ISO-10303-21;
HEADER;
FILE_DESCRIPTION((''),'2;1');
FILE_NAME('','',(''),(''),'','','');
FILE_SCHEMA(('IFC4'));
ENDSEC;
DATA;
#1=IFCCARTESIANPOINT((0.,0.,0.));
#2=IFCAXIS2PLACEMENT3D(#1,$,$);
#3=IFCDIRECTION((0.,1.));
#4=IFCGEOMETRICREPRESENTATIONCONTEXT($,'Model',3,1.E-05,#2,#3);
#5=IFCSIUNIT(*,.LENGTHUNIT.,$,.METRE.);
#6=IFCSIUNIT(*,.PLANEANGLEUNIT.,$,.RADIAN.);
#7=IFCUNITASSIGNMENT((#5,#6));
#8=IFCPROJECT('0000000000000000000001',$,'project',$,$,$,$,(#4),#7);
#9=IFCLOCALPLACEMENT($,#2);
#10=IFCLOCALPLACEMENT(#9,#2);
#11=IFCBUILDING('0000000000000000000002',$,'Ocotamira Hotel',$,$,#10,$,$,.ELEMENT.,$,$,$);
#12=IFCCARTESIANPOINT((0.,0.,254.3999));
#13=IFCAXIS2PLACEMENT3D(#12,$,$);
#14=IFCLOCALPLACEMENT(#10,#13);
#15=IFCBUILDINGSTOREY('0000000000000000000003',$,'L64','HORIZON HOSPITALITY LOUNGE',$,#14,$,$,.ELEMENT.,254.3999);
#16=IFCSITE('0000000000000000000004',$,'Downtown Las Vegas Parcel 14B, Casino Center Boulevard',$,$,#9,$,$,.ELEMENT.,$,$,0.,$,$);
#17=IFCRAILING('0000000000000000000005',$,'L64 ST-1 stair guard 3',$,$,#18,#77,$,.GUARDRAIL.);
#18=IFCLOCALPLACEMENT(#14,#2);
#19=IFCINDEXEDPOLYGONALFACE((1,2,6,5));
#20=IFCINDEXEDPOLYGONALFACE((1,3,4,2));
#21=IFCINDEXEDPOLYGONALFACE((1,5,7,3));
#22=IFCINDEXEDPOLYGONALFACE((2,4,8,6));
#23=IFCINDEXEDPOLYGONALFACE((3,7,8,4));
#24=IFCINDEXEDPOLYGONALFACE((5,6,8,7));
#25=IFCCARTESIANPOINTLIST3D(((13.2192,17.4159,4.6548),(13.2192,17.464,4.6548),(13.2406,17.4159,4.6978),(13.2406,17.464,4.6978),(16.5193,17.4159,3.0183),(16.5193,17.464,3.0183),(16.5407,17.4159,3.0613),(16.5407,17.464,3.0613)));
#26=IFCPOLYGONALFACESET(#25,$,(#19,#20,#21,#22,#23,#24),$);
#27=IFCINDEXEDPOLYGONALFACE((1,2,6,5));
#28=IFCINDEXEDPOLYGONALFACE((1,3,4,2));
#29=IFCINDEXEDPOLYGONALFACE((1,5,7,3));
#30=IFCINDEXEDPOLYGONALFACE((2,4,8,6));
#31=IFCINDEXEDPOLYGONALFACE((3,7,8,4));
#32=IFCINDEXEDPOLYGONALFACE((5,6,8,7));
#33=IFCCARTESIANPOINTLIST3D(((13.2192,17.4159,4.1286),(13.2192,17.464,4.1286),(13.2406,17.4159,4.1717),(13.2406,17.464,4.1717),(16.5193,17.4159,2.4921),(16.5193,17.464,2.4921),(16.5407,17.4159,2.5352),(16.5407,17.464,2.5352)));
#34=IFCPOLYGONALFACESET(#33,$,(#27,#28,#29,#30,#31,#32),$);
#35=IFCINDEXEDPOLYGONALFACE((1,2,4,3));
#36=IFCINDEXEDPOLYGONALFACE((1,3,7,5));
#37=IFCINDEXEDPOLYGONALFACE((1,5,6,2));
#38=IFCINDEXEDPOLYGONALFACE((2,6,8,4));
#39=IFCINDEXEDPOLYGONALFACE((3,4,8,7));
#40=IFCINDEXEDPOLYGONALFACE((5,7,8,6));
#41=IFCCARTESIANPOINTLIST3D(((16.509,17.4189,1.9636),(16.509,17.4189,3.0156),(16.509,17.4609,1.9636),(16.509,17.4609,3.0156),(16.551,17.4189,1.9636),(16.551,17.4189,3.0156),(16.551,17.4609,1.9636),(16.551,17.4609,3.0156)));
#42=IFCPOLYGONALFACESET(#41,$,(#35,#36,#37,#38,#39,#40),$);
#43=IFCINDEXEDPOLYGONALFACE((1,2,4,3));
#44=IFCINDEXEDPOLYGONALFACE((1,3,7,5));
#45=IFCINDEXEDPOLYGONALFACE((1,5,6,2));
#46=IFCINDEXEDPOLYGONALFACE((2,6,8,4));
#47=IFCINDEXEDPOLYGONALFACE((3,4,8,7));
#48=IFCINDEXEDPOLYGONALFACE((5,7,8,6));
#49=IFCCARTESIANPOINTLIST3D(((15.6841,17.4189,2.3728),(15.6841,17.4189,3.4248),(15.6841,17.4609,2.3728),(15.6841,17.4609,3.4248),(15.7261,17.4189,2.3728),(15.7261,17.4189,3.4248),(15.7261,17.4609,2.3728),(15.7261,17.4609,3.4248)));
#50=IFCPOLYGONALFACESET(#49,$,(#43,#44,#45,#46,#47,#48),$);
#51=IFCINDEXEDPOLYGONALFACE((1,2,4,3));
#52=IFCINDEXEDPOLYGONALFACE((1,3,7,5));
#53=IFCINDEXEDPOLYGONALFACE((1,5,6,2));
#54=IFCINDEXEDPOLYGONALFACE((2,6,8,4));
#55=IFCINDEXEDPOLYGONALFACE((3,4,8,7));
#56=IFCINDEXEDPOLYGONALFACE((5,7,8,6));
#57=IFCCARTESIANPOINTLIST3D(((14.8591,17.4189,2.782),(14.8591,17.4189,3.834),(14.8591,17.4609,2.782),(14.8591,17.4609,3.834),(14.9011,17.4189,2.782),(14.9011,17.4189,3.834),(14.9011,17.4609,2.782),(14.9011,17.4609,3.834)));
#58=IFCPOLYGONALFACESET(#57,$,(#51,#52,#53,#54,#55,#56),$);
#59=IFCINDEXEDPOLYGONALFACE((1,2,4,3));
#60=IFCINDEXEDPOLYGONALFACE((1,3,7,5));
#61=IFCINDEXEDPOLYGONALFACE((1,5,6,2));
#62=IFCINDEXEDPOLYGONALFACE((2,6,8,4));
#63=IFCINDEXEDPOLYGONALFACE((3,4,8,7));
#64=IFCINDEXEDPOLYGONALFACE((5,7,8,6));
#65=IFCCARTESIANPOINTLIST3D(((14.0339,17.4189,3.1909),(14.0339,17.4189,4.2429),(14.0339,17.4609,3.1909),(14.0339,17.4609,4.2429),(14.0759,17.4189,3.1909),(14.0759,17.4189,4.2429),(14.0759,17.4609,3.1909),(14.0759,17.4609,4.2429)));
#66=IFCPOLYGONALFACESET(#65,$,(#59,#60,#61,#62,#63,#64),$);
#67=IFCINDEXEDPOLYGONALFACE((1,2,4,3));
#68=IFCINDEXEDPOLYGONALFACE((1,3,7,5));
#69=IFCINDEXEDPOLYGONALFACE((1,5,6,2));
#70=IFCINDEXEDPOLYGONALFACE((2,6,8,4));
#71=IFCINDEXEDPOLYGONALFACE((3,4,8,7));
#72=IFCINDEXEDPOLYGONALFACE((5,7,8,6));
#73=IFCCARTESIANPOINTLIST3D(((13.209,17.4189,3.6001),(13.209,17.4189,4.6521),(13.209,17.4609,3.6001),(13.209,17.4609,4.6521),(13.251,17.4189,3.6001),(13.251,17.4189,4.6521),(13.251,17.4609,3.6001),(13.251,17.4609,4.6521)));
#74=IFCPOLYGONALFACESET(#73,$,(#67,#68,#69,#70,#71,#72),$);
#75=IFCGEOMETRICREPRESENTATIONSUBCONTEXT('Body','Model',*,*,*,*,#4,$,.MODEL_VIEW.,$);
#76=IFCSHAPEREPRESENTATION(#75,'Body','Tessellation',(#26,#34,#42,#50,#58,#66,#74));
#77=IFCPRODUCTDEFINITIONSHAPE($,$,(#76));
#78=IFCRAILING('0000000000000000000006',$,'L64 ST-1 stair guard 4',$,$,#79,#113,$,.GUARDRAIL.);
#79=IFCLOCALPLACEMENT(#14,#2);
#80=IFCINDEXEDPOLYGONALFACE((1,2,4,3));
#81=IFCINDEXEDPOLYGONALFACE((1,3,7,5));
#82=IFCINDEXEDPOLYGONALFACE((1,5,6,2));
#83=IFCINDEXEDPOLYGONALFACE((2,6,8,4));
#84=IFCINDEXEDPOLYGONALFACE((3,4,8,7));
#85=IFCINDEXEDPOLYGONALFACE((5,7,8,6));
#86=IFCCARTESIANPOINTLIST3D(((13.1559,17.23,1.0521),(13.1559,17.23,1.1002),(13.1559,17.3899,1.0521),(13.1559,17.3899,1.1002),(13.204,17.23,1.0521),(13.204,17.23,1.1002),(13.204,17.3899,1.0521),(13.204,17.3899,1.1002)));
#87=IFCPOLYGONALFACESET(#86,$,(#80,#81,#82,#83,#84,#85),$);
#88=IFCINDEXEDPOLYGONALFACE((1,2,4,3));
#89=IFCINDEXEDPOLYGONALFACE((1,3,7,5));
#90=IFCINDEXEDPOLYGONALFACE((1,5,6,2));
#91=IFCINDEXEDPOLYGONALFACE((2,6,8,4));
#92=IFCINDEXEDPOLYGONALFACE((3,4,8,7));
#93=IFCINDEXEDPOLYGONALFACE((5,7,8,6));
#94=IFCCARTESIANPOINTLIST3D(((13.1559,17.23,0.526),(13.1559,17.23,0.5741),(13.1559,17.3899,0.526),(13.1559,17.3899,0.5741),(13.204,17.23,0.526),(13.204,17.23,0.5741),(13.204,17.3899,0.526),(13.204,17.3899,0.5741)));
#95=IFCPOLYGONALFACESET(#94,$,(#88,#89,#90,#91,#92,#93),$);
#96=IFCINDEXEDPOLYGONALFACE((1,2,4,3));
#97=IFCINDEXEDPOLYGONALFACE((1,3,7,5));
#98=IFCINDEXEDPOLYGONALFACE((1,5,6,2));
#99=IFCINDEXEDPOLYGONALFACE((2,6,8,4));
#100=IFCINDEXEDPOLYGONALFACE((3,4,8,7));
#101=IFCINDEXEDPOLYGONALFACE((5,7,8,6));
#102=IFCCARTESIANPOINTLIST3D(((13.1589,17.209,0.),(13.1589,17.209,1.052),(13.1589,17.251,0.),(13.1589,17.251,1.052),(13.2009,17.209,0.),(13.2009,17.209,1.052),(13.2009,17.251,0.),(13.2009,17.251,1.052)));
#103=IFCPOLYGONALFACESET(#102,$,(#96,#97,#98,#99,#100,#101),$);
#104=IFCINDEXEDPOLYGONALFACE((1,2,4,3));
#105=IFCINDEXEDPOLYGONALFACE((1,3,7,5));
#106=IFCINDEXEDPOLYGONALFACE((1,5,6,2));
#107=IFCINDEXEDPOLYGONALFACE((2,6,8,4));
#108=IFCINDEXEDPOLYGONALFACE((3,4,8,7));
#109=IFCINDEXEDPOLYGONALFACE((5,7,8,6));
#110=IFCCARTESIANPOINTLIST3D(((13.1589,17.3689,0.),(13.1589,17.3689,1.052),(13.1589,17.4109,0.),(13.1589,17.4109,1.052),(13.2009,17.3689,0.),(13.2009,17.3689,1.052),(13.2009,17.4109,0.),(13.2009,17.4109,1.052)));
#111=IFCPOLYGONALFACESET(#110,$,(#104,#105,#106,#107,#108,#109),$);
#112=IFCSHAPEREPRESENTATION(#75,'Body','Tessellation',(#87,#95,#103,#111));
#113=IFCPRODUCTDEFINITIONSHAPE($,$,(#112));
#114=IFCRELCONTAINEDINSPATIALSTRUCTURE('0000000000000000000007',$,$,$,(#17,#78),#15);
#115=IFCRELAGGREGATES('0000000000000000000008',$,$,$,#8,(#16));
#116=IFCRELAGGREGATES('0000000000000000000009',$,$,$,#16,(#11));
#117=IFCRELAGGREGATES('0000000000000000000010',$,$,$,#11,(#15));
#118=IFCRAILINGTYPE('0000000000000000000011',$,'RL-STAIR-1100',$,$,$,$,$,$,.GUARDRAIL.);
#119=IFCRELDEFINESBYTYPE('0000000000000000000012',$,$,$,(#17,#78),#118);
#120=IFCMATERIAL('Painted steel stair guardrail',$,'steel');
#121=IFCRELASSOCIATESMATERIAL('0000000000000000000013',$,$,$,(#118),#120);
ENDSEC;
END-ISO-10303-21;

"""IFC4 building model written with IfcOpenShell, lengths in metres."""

from ifc_helpers import new_model, si_unit, direction, frame, origin, origin_2d, place, context, subcontext, project, spatial, rectangle, extrude, material, type_object, element, save


model = new_model("IFC4")

# Units and contexts
model_context = context("Model", 3, precision=1e-05, world=origin(), true_north=direction((0.0, 1.0)))
body_context = subcontext(model_context, "Body", "Model", "MODEL_VIEW")
ifc_project = project(units=[si_unit("LENGTHUNIT", "METRE"), si_unit("PLANEANGLEUNIT", "RADIAN")], contexts=[model_context])

# Site, building, storey
site_placement = place(None, origin())
site = spatial("IfcSite", under=ifc_project, at=site_placement, Name="Downtown Las Vegas Parcel 14B, Casino Center Boulevard", CompositionType="ELEMENT", RefElevation=0.0)
building_placement = place(site_placement, origin())
building = spatial("IfcBuilding", under=site, at=building_placement, Name="Ocotamira Hotel", CompositionType="ELEMENT")
storey_placement = place(building_placement, frame((0.0, 0.0, 254.3999)))
storey = spatial("IfcBuildingStorey", under=building, at=storey_placement, Name="L64", Description="HORIZON HOSPITALITY LOUNGE", CompositionType="ELEMENT", Elevation=254.3999)

# Railings
ifc_material_1 = material(Name="Painted steel stair guardrail", Category="steel")
railing_type_1 = type_object("IfcRailingType", Name="RL-STAIR-1100", PredefinedType="GUARDRAIL", material=ifc_material_1)
railing_1_placement = place(storey_placement, frame((16.53, 17.4399, 1.9636)))
element("IfcRailing", 1, at=railing_1_placement, inside=storey, type_object=railing_type_1, Name="L64 ST-1 stair guard 3", PredefinedType="GUARDRAIL", context=body_context, shape_type="SweptSolid", body=[
    extrude(rectangle(XDim=0.0481, YDim=0.0481, at=origin_2d()), frame((0.0, 0.0, 1.0762), z_axis=(-0.895894, 0.0, 0.444268), x_axis=(0.0, -1.0, 0.0)), (0.0, 0.0, 1.0), 3.6836),
    extrude(rectangle(XDim=0.0481, YDim=0.0481, at=origin_2d()), frame((0.0, 0.0, 0.55), z_axis=(-0.895894, 0.0, 0.444268), x_axis=(0.0, -1.0, 0.0)), (0.0, 0.0, 1.0), 3.6836),
    extrude(rectangle(XDim=0.042, YDim=0.042, at=origin_2d()), origin(), (0.0, 0.0, 1.0), 1.052),
    extrude(rectangle(XDim=0.042, YDim=0.042, at=origin_2d()), frame((-0.825, 0.0, 0.4092)), (0.0, 0.0, 1.0), 1.052),
    extrude(rectangle(XDim=0.042, YDim=0.042, at=origin_2d()), frame((-1.6499, 0.0, 0.8184)), (0.0, 0.0, 1.0), 1.052),
    extrude(rectangle(XDim=0.042, YDim=0.042, at=origin_2d()), frame((-2.4751, 0.0, 1.2273)), (0.0, 0.0, 1.0), 1.052),
    extrude(rectangle(XDim=0.042, YDim=0.042, at=origin_2d()), frame((-3.3, 0.0, 1.6365)), (0.0, 0.0, 1.0), 1.052),
])
railing_2_placement = place(storey_placement, frame((13.1799, 17.23, 0.0)))
element("IfcRailing", 2, at=railing_2_placement, inside=storey, type_object=railing_type_1, Name="L64 ST-1 stair guard 4", PredefinedType="GUARDRAIL", context=body_context, shape_type="SweptSolid", body=[
    extrude(rectangle(XDim=0.0481, YDim=0.0481, at=origin_2d()), frame((0.0, 0.0, 1.0762), z_axis=(0.0, 1.0, 0.0), x_axis=(-1.0, 0.0, 0.0)), (0.0, 0.0, 1.0), 0.1599),
    extrude(rectangle(XDim=0.0481, YDim=0.0481, at=origin_2d()), frame((0.0, 0.0, 0.55), z_axis=(0.0, 1.0, 0.0), x_axis=(-1.0, 0.0, 0.0)), (0.0, 0.0, 1.0), 0.1599),
    extrude(rectangle(XDim=0.042, YDim=0.042, at=origin_2d()), origin(), (0.0, 0.0, 1.0), 1.052),
    extrude(rectangle(XDim=0.042, YDim=0.042, at=origin_2d()), frame((0.0, 0.1599, 0.0)), (0.0, 0.0, 1.0), 1.052),
])

save(model, "model.ifc")
